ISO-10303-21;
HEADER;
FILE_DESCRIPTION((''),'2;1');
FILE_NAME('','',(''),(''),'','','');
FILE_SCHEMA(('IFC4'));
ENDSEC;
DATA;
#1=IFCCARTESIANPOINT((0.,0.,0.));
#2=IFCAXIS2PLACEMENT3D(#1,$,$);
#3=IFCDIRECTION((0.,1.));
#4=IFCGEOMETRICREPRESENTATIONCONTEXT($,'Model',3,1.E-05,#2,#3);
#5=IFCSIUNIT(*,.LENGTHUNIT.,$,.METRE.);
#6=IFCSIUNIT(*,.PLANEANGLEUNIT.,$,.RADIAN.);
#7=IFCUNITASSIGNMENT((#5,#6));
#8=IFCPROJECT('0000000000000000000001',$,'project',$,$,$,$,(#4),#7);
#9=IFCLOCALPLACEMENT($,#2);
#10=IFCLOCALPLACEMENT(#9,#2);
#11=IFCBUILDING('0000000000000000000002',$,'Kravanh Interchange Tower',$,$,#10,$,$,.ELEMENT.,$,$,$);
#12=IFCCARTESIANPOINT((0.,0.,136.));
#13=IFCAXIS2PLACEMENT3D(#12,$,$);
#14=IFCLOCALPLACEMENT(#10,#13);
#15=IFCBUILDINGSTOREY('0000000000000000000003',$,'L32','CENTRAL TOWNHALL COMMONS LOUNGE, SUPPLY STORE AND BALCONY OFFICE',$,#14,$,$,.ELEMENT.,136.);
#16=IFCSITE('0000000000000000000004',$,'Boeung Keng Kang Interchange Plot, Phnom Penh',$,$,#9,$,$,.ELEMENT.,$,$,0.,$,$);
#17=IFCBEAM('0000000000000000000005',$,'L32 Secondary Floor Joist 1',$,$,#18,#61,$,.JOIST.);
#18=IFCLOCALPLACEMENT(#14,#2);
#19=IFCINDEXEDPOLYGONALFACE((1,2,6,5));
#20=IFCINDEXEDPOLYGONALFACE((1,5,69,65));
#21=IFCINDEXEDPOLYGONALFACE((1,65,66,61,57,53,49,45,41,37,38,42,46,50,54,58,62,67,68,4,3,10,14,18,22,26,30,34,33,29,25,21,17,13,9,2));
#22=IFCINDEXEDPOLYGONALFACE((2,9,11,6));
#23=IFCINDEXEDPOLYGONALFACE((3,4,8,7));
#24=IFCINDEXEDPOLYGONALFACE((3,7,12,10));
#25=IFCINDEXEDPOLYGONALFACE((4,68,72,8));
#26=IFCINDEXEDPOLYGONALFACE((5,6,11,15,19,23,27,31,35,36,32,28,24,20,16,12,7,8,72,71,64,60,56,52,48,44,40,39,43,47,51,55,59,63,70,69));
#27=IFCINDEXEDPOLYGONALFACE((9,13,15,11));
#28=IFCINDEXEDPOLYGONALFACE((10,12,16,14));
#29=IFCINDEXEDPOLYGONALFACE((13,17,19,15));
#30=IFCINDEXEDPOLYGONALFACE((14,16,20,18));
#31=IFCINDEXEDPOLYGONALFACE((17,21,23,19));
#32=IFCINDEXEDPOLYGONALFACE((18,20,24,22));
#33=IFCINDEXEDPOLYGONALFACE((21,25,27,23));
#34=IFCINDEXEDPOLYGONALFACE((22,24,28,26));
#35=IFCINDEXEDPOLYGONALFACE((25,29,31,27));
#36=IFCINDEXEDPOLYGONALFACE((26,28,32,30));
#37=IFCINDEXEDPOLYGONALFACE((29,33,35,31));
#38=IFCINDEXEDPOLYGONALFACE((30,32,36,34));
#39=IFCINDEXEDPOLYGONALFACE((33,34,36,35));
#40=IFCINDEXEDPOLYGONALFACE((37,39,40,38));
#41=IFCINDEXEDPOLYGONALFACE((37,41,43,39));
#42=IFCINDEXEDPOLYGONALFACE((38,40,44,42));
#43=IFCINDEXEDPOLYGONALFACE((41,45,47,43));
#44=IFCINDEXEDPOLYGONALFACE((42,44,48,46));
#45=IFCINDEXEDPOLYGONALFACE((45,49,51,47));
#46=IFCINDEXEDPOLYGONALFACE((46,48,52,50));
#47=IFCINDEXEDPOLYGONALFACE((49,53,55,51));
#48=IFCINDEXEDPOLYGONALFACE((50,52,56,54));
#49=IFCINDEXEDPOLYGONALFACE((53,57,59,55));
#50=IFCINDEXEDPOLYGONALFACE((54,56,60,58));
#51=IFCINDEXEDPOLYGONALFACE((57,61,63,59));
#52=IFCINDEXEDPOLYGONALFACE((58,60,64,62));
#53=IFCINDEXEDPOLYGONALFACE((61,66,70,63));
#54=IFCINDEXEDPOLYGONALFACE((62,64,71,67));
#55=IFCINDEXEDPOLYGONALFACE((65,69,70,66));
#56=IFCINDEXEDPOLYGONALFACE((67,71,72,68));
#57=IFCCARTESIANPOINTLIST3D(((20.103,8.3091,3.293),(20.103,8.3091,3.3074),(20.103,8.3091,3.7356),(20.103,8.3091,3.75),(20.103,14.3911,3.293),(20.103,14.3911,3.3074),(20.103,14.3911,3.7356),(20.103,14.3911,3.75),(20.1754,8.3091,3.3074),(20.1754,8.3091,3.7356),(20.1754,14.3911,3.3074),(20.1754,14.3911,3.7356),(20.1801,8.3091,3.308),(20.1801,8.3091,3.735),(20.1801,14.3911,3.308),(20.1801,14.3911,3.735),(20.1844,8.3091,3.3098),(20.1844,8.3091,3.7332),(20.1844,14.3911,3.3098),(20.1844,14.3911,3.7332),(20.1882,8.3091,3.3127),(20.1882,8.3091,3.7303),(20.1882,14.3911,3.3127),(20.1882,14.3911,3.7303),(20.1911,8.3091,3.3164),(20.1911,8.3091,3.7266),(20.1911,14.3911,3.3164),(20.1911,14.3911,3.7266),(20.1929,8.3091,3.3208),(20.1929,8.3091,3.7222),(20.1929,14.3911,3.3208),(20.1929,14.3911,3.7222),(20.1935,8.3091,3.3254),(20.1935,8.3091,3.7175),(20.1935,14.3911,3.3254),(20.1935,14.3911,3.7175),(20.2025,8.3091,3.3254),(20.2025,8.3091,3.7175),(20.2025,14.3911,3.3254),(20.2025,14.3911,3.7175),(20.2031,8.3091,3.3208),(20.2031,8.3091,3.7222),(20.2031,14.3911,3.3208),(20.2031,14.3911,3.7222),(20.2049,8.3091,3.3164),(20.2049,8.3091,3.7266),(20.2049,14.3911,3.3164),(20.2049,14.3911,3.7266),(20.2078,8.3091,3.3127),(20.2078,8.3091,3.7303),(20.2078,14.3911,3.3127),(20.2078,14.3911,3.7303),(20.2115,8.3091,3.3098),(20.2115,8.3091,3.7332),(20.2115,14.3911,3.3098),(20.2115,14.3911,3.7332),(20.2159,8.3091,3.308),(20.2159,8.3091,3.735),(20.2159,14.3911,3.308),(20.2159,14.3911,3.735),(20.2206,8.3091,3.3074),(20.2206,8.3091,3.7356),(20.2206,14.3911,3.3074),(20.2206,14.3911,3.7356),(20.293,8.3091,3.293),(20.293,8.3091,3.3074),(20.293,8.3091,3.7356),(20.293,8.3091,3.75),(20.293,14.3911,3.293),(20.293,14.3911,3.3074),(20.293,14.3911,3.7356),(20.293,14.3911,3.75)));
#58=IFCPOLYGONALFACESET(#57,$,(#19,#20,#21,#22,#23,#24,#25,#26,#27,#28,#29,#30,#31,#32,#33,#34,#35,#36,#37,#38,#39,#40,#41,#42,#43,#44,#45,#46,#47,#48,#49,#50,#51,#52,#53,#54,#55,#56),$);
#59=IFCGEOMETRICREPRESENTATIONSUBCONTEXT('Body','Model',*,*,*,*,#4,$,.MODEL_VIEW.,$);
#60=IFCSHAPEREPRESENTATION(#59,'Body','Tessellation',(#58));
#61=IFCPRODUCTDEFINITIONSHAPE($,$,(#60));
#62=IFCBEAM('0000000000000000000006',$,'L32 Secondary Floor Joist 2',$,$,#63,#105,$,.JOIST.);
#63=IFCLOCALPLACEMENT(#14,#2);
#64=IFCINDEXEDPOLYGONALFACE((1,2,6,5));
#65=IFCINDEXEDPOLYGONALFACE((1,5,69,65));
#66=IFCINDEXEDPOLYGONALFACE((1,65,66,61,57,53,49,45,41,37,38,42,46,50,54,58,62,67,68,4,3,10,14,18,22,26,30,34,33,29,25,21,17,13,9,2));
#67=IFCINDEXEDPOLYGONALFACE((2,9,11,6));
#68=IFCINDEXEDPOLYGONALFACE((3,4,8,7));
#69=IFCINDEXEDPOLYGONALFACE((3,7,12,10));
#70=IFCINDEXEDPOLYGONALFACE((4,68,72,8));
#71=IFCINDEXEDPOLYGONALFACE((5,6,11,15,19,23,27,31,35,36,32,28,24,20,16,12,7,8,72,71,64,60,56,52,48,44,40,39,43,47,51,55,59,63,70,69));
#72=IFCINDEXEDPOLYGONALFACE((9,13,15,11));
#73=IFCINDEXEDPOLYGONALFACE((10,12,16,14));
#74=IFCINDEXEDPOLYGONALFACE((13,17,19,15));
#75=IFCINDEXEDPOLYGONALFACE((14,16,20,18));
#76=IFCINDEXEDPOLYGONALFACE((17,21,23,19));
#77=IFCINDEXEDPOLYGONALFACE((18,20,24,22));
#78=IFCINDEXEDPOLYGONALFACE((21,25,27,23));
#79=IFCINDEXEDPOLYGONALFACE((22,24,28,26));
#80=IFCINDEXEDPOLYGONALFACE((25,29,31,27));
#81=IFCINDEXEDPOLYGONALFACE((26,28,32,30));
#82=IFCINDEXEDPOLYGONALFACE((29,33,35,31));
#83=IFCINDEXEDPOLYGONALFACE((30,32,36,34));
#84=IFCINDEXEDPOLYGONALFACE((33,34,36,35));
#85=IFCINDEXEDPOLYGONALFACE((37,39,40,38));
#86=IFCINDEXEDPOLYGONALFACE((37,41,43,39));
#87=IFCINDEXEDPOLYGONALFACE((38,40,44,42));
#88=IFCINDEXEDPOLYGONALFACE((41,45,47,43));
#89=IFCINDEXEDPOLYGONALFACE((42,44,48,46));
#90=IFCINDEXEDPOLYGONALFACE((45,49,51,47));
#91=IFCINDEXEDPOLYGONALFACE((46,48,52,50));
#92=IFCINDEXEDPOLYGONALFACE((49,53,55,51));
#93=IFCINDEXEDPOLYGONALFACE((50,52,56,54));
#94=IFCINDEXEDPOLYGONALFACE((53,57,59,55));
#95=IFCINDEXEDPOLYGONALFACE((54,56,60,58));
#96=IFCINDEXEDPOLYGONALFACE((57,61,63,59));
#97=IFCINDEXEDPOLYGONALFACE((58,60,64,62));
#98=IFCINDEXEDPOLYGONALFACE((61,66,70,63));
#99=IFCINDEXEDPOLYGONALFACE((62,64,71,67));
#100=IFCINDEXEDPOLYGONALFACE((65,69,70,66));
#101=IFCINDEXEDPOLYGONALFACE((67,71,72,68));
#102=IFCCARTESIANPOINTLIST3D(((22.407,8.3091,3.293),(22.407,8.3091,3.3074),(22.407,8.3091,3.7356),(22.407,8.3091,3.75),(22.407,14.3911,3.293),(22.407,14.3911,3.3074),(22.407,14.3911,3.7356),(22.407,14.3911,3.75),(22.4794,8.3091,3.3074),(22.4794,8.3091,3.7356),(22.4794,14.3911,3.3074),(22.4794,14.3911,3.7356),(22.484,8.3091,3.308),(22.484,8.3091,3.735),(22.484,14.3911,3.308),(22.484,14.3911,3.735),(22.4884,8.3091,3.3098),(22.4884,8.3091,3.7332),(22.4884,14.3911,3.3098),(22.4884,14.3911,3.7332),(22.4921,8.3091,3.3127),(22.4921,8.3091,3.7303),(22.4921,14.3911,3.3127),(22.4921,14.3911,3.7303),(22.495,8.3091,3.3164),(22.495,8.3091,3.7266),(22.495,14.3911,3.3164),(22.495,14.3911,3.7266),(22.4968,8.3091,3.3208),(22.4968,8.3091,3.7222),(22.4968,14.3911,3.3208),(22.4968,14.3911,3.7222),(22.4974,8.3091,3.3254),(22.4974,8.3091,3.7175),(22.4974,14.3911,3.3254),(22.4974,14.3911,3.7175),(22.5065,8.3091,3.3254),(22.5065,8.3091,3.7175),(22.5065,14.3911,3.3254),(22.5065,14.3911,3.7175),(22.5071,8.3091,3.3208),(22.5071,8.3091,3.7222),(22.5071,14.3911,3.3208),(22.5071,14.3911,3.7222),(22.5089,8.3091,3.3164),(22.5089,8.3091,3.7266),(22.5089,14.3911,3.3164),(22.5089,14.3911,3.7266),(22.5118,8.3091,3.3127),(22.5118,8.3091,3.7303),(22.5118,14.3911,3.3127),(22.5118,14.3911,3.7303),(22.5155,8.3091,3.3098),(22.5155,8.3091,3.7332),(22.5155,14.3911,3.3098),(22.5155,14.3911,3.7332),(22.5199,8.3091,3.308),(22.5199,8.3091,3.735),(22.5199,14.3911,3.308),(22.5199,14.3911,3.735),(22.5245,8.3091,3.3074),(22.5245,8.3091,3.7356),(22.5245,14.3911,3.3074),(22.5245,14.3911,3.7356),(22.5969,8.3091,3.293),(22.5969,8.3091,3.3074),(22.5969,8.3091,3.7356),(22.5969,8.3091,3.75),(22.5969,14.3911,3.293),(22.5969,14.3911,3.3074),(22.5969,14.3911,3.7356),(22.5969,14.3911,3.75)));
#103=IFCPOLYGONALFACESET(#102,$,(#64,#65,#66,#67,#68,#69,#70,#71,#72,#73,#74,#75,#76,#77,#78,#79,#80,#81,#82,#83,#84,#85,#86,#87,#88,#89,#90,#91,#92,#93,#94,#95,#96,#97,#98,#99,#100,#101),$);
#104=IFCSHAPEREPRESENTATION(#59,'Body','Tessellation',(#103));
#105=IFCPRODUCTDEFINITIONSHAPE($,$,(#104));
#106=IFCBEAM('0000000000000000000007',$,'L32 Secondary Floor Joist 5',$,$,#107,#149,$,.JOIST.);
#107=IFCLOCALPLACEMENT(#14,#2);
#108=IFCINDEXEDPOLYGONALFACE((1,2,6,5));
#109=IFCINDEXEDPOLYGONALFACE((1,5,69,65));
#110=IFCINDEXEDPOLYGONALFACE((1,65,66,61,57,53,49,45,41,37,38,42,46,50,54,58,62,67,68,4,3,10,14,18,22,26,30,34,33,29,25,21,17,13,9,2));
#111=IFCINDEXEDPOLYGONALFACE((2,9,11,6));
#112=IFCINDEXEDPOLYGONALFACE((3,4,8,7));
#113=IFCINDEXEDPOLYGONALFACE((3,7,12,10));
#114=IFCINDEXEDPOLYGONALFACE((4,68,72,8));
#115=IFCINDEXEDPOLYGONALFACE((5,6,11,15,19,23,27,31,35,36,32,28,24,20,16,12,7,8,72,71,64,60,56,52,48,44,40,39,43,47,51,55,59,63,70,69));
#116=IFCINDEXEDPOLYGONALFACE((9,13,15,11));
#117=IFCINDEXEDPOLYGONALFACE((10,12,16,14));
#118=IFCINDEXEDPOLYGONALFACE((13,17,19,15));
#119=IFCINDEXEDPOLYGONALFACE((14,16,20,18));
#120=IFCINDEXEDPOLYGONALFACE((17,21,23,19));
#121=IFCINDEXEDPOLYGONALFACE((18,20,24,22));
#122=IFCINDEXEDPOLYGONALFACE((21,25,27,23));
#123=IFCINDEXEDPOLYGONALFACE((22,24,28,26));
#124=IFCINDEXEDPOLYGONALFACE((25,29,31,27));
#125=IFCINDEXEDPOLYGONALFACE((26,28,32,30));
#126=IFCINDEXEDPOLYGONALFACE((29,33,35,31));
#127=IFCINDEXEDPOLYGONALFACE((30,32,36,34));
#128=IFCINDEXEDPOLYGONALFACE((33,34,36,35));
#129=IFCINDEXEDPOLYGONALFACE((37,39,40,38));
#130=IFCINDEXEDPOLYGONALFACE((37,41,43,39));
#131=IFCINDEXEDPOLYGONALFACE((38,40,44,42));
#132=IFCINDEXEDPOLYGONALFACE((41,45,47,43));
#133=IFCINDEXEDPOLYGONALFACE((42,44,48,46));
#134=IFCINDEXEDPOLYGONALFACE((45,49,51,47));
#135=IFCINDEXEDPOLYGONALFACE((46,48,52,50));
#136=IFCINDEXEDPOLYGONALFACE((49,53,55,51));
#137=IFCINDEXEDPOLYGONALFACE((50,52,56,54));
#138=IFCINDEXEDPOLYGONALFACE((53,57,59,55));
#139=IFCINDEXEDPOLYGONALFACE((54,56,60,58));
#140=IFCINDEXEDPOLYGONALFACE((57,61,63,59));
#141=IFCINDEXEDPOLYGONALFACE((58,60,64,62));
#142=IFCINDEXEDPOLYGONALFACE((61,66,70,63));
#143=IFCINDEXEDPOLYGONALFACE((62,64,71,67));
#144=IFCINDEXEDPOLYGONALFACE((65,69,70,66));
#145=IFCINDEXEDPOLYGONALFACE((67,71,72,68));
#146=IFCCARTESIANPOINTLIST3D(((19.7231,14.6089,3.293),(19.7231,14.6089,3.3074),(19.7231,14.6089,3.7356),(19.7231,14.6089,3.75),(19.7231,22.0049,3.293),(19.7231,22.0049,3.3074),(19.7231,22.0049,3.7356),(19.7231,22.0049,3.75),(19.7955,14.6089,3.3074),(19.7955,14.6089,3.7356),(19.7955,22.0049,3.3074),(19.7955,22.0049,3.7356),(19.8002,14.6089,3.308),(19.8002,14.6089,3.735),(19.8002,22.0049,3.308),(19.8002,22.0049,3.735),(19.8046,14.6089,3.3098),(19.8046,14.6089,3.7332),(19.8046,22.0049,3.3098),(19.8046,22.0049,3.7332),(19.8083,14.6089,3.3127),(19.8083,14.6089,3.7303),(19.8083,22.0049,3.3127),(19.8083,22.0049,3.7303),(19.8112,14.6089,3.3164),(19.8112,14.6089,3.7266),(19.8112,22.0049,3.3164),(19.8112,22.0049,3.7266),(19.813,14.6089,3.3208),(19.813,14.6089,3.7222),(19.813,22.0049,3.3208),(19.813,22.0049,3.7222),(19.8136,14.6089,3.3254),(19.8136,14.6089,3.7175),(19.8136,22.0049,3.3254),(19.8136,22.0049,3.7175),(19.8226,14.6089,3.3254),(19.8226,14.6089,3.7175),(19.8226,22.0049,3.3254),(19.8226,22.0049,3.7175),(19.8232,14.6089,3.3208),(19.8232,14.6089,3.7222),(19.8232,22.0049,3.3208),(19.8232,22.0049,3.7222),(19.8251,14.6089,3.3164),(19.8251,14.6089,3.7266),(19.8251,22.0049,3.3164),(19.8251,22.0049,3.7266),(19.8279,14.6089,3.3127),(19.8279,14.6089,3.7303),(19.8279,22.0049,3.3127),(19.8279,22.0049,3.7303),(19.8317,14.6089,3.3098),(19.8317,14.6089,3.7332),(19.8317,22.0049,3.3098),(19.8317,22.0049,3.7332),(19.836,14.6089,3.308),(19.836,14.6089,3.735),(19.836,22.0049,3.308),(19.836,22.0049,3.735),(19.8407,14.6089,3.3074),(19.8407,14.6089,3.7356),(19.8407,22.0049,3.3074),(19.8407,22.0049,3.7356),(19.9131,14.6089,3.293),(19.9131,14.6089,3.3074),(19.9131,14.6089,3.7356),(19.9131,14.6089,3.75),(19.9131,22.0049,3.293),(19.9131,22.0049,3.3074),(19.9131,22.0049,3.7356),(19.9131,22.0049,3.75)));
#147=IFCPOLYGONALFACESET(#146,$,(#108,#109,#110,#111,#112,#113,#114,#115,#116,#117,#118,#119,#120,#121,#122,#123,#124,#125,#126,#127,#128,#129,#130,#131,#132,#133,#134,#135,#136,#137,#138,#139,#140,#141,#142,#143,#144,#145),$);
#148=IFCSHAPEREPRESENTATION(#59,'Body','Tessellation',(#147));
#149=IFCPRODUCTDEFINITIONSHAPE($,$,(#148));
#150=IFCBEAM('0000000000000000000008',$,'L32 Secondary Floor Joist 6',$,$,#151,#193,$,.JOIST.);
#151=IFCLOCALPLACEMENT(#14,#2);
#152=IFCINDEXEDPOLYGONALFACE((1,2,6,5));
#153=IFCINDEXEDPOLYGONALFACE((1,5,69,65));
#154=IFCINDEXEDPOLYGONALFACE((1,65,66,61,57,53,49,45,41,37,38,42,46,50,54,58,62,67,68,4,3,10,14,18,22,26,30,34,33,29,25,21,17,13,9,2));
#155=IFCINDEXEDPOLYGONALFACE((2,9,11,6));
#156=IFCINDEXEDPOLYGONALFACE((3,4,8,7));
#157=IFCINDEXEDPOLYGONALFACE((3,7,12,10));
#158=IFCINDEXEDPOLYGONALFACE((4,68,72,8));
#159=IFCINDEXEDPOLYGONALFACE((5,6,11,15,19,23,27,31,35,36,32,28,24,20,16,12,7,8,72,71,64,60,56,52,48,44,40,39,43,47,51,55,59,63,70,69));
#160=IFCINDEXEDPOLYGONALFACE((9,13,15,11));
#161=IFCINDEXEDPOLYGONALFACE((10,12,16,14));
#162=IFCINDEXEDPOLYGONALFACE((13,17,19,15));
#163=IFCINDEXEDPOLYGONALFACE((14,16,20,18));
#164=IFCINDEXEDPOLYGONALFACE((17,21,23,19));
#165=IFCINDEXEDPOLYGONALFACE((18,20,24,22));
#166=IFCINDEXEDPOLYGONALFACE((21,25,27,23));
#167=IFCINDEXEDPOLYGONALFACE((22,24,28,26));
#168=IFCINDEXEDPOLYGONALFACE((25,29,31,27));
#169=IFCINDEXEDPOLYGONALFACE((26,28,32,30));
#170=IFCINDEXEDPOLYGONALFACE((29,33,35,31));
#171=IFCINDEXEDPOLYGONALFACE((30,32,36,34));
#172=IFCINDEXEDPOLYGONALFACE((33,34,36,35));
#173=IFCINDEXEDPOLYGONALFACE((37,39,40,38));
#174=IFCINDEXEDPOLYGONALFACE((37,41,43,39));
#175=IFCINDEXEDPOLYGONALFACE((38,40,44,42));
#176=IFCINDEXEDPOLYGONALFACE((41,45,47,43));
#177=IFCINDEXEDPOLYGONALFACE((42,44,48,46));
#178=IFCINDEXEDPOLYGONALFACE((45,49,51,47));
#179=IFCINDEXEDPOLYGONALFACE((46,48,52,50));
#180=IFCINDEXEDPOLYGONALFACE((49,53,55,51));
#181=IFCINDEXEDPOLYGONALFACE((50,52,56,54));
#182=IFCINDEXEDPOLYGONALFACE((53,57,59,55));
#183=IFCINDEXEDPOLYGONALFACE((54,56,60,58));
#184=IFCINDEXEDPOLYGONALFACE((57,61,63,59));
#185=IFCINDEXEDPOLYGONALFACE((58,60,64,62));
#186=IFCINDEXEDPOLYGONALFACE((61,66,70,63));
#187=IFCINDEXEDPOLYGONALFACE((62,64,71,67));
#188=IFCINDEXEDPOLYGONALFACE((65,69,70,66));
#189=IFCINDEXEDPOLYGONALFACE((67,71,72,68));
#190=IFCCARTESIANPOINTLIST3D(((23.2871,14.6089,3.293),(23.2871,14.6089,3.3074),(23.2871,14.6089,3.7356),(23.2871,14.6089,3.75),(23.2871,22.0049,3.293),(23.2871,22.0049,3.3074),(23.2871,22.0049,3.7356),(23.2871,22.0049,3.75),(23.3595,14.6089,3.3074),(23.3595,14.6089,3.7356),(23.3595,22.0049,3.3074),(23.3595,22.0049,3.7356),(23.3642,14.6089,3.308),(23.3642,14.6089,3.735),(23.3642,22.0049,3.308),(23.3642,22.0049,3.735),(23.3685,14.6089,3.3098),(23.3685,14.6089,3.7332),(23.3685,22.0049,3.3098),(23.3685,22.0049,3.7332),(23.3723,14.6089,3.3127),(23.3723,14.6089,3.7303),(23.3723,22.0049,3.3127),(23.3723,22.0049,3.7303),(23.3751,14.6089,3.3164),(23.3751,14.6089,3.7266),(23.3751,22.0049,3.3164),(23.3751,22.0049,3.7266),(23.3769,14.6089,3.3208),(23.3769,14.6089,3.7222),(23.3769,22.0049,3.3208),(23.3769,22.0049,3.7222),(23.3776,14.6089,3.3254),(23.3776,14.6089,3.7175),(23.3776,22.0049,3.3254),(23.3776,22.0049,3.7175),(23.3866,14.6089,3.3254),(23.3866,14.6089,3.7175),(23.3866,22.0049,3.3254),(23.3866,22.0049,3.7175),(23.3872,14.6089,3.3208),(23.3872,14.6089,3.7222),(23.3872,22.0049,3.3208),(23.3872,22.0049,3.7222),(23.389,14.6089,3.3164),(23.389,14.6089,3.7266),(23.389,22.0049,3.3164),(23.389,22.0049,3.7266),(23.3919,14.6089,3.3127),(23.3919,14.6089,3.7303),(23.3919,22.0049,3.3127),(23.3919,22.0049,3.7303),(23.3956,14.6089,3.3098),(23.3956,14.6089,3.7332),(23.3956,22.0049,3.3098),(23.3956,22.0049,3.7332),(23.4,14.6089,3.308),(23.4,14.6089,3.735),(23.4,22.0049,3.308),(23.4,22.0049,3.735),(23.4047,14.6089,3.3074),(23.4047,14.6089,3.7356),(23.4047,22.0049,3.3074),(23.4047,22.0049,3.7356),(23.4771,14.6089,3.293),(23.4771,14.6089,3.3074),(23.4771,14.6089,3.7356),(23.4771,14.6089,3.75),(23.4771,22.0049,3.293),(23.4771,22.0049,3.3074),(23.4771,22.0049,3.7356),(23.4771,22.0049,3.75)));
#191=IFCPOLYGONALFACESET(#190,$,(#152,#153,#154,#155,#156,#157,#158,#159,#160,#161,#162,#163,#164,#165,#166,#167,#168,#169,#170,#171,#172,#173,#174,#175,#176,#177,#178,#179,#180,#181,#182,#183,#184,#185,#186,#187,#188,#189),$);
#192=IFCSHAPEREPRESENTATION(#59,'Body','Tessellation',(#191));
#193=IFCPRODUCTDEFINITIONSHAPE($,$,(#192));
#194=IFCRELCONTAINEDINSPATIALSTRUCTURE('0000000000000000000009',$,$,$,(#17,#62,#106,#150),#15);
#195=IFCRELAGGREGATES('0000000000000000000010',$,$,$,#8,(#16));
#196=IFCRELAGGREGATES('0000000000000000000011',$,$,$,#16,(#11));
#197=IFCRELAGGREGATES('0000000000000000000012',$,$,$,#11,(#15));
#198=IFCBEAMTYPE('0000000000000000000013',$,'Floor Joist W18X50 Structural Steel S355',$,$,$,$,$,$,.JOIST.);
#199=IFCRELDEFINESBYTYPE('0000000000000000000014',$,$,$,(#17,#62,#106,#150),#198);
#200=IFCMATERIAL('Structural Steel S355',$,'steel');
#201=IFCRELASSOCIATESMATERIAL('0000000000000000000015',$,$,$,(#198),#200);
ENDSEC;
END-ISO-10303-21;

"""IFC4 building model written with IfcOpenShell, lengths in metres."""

from ifc_helpers import new_model, si_unit, direction, frame, origin, origin_2d, place, context, subcontext, project, spatial, i_section, extrude, material, material_profile, profile_set, type_object, element, save


model = new_model("IFC4")

# Units and contexts
model_context = context("Model", 3, precision=1e-05, world=origin(), true_north=direction((0.0, 1.0)))
body_context = subcontext(model_context, "Body", "Model", "MODEL_VIEW")
ifc_project = project(units=[si_unit("LENGTHUNIT", "METRE"), si_unit("PLANEANGLEUNIT", "RADIAN")], contexts=[model_context])

# Site, building, storey
site_placement = place(None, origin())
site = spatial("IfcSite", under=ifc_project, at=site_placement, Name="Boeung Keng Kang Interchange Plot, Phnom Penh", CompositionType="ELEMENT", RefElevation=0.0)
building_placement = place(site_placement, origin())
building = spatial("IfcBuilding", under=site, at=building_placement, Name="Kravanh Interchange Tower", CompositionType="ELEMENT")
storey_placement = place(building_placement, frame((0.0, 0.0, 136.0)))
storey = spatial("IfcBuildingStorey", under=building, at=storey_placement, Name="L32", Description="CENTRAL TOWNHALL COMMONS LOUNGE, SUPPLY STORE AND BALCONY OFFICE", CompositionType="ELEMENT", Elevation=136.0)

# Beams
ifc_material_1 = material(Name="Structural Steel S355", Category="steel")
ifc_material_profile_1 = material_profile(ifc_material_1, i_section(OverallWidth=0.1899, OverallDepth=0.457, WebThickness=0.009, FlangeThickness=0.0144, FilletRadius=0.0181, at=origin_2d()), Name="W18X50")
ifc_profile_set_1 = profile_set([ifc_material_profile_1], Name="Structural Steel S355")
beam_type_1 = type_object("IfcBeamType", Name="Floor Joist W18X50 Structural Steel S355", PredefinedType="JOIST", material=ifc_profile_set_1)
for number, where, z_axis, x_axis, name in (
    (1, (20.198, 8.3091, 3.5215), (0.0, 1.0, 0.0), (-1.0, 0.0, 0.0), "L32 Secondary Floor Joist 1"),
    (2, (22.502, 8.3091, 3.5215), (0.0, 1.0, 0.0), (-1.0, 0.0, 0.0), "L32 Secondary Floor Joist 2"),
):
    element("IfcBeam", number, at=place(storey_placement, frame(where, z_axis=z_axis, x_axis=x_axis)), inside=storey, type_object=beam_type_1, Name=name, PredefinedType="JOIST", context=body_context, shape_type="SweptSolid", body=[
        extrude(i_section(OverallWidth=0.1899, OverallDepth=0.457, WebThickness=0.009, FlangeThickness=0.0144, FilletRadius=0.0181, at=origin_2d()), origin(), (0.0, 0.0, 1.0), 6.082),
    ])
for number, where, z_axis, x_axis, name in (
    (3, (19.8181, 14.6089, 3.5215), (0.0, 1.0, 0.0), (-1.0, 0.0, 0.0), "L32 Secondary Floor Joist 5"),
    (4, (23.3821, 14.6089, 3.5215), (0.0, 1.0, 0.0), (-1.0, 0.0, 0.0), "L32 Secondary Floor Joist 6"),
):
    element("IfcBeam", number, at=place(storey_placement, frame(where, z_axis=z_axis, x_axis=x_axis)), inside=storey, type_object=beam_type_1, Name=name, PredefinedType="JOIST", context=body_context, shape_type="SweptSolid", body=[
        extrude(i_section(OverallWidth=0.1899, OverallDepth=0.457, WebThickness=0.009, FlangeThickness=0.0144, FilletRadius=0.0181, at=origin_2d()), origin(), (0.0, 0.0, 1.0), 7.396),
    ])

save(model, "model.ifc")
